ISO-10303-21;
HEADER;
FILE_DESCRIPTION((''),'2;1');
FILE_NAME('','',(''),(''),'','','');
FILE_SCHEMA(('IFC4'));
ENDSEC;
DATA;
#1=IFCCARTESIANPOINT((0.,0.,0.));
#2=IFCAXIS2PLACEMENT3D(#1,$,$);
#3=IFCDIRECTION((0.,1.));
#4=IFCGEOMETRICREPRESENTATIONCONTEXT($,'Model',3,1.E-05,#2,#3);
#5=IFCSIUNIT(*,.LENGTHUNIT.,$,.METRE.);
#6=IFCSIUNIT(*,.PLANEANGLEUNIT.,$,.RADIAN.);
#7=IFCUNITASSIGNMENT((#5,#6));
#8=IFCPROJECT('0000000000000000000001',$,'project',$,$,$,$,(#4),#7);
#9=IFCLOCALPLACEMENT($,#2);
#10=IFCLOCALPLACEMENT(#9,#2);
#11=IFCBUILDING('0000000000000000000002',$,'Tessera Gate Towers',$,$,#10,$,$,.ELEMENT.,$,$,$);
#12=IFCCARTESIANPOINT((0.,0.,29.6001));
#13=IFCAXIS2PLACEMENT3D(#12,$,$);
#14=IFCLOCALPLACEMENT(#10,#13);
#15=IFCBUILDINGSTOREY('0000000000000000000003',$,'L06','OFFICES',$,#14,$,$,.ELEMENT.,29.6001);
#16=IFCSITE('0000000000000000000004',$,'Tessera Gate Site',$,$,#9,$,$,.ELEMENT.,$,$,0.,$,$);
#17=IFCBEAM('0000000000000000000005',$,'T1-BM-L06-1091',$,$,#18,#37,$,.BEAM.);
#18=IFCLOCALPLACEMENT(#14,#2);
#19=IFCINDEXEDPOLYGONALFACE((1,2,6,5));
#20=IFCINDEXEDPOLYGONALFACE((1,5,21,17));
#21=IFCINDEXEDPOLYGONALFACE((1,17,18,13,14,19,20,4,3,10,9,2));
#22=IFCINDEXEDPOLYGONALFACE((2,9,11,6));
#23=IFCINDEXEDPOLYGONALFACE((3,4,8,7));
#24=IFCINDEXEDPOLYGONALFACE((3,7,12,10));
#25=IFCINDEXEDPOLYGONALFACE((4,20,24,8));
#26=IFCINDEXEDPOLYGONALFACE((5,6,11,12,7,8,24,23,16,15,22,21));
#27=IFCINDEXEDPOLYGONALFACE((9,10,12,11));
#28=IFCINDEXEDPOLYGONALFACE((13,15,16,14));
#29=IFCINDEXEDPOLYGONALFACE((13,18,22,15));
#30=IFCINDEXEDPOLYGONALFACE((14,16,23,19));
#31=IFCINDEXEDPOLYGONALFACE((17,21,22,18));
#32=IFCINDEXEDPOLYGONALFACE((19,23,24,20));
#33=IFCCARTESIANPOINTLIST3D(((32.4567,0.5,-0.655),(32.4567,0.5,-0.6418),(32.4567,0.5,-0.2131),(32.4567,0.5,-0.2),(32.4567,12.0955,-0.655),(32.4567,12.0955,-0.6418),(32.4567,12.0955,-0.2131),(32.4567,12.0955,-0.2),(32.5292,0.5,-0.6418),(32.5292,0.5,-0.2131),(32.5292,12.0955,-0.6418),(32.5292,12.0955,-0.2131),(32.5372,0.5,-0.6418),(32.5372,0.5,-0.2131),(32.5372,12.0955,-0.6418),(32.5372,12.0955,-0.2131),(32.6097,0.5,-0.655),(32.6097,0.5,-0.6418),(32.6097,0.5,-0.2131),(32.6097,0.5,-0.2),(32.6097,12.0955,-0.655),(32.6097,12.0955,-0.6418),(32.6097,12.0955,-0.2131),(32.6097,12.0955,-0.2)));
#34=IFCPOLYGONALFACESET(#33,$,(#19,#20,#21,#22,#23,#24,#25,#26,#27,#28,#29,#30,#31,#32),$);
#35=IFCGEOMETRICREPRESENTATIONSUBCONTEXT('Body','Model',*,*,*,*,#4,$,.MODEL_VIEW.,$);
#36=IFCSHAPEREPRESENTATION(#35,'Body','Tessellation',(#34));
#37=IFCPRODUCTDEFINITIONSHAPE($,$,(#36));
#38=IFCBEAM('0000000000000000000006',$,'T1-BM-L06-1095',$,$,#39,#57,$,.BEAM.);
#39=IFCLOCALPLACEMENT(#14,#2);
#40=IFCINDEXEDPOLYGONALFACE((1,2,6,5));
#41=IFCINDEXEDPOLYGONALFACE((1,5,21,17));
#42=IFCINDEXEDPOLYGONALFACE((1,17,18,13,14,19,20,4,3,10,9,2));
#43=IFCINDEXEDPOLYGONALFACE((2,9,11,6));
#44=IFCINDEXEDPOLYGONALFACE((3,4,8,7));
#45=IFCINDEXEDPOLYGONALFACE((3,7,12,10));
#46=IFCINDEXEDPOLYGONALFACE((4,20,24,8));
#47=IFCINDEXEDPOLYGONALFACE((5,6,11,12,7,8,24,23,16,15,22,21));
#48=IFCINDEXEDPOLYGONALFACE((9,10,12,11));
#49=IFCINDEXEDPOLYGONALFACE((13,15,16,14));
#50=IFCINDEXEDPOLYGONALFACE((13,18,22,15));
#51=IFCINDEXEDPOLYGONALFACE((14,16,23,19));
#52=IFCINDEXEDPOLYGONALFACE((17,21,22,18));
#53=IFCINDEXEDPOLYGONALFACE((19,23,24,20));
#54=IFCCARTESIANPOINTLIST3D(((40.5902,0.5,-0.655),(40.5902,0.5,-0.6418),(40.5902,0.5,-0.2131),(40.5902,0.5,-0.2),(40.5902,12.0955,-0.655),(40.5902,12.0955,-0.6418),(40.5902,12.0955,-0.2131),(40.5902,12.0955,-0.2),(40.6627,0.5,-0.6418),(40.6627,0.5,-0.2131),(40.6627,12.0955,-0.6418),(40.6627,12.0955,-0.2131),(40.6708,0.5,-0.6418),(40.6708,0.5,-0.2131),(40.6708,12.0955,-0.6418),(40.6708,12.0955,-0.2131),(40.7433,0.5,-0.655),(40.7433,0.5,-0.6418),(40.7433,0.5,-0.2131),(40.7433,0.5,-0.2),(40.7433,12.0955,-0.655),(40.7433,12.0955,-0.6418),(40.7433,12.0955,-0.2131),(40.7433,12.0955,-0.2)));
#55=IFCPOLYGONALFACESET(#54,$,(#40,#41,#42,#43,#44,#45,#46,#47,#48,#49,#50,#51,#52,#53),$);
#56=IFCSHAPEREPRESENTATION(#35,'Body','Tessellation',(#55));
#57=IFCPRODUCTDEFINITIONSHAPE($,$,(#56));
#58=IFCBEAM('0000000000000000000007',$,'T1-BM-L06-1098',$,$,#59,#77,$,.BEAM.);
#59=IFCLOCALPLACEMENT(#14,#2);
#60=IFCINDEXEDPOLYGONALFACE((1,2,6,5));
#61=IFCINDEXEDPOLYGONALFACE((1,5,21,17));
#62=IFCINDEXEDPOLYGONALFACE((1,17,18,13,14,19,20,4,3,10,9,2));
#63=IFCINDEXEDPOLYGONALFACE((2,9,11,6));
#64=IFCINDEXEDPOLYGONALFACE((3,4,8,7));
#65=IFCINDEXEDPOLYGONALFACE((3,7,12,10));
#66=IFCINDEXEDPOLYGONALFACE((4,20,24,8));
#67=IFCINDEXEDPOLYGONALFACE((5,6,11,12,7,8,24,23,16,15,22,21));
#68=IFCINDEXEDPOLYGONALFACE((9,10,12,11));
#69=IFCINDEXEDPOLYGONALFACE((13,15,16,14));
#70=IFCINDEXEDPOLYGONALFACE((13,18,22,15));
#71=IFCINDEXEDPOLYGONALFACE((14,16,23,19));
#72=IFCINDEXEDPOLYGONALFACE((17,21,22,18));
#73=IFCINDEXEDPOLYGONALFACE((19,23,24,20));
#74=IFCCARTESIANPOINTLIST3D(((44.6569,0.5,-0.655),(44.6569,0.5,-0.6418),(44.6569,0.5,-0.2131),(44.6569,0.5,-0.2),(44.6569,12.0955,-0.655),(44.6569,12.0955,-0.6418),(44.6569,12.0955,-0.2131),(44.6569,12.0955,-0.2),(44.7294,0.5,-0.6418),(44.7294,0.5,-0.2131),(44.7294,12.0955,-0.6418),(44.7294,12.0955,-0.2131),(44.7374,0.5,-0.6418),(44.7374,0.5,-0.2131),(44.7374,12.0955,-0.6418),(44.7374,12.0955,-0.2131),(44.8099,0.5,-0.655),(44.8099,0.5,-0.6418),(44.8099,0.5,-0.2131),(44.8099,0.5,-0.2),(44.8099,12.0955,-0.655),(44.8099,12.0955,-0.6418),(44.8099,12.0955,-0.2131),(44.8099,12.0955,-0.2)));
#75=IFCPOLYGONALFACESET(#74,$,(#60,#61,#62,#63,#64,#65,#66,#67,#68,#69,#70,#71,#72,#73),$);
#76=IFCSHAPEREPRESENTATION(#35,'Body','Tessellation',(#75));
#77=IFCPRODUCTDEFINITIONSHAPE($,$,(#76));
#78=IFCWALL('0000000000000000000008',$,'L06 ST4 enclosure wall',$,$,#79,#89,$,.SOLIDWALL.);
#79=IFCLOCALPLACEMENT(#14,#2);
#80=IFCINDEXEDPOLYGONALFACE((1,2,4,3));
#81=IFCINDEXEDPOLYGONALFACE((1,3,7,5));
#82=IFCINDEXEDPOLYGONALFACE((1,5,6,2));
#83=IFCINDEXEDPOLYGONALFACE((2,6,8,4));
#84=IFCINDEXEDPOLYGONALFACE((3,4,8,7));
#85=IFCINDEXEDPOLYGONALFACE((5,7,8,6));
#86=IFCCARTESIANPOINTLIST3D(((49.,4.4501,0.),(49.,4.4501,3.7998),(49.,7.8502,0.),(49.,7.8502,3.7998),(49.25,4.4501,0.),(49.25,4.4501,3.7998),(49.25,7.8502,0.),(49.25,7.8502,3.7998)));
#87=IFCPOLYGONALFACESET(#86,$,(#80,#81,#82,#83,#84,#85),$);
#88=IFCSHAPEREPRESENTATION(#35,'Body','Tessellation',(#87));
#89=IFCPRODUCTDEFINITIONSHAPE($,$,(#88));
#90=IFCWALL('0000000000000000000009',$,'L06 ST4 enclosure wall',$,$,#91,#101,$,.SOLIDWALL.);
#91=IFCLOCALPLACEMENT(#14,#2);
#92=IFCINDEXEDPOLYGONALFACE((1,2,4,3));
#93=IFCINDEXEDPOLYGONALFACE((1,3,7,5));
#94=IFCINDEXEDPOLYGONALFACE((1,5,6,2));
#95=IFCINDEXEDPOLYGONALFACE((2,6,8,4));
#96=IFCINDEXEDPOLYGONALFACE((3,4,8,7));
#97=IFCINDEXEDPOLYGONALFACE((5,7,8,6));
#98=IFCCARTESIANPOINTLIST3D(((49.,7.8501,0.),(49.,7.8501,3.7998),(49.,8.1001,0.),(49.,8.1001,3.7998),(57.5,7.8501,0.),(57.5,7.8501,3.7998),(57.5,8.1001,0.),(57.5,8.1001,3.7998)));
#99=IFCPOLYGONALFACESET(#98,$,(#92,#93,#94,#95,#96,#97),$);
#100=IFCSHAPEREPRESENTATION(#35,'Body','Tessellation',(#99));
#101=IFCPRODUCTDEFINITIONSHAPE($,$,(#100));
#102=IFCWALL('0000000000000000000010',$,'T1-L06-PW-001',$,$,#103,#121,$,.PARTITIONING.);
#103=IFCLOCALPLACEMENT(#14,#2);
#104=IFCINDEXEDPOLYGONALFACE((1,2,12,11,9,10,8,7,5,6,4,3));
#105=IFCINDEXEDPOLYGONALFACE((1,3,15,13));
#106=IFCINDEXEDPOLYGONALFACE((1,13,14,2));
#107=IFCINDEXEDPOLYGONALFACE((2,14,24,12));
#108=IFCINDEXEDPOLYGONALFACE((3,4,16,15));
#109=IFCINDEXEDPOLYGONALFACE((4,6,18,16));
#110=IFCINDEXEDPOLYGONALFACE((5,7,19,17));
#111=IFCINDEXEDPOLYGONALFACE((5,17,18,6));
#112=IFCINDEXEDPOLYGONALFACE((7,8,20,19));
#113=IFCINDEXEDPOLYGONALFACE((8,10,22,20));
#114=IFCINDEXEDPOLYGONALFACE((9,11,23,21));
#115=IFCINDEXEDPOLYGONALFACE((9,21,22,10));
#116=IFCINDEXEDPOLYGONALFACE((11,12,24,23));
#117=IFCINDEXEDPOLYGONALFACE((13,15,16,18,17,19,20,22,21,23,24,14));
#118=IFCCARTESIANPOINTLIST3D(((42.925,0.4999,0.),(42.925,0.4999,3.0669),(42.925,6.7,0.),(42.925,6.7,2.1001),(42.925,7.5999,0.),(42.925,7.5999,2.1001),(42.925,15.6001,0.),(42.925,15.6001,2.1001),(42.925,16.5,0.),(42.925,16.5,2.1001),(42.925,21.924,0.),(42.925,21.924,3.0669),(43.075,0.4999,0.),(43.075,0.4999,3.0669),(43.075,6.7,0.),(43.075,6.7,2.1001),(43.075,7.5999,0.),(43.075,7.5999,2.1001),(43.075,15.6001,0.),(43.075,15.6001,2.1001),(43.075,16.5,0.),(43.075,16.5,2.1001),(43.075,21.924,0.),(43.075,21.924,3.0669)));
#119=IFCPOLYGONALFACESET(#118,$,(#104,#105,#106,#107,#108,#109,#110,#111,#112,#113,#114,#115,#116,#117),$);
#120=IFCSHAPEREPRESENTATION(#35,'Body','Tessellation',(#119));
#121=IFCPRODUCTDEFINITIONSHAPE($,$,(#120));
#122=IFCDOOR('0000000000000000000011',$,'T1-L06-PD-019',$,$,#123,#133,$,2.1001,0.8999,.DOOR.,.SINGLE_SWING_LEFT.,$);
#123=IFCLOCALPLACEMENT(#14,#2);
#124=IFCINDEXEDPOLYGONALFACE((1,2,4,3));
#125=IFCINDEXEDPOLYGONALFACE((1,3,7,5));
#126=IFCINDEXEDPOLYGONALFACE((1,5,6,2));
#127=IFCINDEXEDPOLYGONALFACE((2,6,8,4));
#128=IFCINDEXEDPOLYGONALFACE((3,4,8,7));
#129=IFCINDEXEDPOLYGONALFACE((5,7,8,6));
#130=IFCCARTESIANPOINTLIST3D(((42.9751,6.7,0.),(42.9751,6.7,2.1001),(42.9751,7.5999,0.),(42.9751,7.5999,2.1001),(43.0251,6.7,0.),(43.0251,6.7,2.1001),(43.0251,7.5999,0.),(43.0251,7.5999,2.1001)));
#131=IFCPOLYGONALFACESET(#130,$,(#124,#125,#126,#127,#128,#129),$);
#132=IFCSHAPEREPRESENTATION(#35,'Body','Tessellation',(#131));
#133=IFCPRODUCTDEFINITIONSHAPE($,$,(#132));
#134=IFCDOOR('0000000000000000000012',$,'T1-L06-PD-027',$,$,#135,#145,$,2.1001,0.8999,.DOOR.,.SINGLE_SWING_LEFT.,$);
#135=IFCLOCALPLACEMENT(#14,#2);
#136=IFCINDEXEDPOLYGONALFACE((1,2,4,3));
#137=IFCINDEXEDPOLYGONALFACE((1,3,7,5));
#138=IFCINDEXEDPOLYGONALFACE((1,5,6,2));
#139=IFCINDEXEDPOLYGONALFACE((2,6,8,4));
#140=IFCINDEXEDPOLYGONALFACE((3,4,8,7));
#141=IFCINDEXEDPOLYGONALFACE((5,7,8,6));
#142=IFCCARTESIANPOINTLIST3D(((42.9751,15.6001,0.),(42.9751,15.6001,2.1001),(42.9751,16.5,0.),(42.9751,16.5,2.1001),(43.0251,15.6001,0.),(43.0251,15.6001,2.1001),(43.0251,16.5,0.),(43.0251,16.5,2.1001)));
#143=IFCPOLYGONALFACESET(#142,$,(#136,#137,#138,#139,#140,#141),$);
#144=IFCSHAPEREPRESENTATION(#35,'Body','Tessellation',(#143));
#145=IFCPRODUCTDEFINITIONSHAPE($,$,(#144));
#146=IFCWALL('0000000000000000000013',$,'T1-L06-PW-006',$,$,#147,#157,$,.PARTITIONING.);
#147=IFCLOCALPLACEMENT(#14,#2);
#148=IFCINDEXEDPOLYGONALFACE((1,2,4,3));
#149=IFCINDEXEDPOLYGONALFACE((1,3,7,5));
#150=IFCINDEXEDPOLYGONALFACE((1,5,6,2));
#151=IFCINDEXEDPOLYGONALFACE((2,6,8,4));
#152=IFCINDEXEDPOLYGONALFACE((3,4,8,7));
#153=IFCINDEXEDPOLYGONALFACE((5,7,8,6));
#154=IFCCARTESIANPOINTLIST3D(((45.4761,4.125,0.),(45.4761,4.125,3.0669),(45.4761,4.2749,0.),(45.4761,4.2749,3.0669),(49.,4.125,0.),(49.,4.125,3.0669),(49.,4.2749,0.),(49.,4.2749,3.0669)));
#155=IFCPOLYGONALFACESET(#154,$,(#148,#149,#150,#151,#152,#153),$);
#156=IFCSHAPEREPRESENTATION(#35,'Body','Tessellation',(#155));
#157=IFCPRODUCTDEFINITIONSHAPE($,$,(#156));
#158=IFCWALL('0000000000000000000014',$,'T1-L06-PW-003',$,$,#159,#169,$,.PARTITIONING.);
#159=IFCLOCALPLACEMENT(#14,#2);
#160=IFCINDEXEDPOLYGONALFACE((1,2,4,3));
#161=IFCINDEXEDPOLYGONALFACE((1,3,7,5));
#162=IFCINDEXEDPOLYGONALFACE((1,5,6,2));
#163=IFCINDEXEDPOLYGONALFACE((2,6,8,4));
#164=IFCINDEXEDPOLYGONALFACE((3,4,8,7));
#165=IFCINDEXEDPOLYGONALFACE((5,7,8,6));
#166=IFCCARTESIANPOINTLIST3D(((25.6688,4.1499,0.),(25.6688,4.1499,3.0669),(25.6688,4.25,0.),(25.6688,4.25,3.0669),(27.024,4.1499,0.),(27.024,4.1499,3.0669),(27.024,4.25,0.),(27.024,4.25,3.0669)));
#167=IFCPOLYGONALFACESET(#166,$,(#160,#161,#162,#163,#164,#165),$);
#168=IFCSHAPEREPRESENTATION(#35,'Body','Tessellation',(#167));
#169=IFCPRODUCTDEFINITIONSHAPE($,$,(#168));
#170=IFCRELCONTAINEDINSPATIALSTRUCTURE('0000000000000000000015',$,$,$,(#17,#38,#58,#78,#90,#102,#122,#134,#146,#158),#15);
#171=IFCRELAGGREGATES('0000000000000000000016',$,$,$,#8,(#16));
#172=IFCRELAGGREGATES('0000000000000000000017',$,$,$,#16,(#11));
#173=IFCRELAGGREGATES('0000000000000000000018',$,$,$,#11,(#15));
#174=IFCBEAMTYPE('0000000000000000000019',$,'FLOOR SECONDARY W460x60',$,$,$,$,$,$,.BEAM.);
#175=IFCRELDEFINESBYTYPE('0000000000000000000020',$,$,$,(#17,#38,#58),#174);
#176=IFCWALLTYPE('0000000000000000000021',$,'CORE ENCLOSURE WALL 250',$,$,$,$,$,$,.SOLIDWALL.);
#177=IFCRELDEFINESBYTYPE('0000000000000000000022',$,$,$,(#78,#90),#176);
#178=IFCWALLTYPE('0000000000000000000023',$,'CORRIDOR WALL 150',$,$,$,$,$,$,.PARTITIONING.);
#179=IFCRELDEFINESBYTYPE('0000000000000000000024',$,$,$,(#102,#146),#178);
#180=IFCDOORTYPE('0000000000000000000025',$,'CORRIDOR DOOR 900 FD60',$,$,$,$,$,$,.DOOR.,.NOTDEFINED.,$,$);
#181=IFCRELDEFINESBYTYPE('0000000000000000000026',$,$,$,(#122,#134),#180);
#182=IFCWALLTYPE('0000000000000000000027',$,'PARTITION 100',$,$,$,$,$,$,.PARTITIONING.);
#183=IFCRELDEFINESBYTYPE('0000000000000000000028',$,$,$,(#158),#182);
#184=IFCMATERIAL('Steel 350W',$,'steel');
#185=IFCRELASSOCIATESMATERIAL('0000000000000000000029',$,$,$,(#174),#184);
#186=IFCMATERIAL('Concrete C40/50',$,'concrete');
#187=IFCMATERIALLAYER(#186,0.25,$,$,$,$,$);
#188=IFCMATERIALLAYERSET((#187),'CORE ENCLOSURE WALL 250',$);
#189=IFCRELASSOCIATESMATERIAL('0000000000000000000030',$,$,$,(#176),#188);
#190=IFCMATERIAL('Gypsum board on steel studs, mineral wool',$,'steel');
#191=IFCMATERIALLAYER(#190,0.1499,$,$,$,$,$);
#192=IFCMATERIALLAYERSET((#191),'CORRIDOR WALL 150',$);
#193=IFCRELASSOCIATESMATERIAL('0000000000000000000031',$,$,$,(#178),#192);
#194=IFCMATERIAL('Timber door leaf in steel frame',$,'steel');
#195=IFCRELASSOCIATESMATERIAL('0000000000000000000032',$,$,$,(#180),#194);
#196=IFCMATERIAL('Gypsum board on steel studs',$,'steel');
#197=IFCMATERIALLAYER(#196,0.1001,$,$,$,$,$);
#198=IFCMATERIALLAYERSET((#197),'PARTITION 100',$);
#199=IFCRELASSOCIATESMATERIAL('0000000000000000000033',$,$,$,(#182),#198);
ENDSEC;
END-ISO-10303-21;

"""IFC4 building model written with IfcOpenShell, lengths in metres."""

from ifc_helpers import new_model, si_unit, direction, frame, frame_2d, origin, origin_2d, place, context, subcontext, project, spatial, rectangle, i_section, extrude, source, transform, mapped, material, layer, layer_set, material_profile, profile_set, type_object, element, fill, save


model = new_model("IFC4")

# Units and contexts
model_context = context("Model", 3, precision=1e-05, world=origin(), true_north=direction((0.0, 1.0)))
body_context = subcontext(model_context, "Body", "Model", "MODEL_VIEW")
ifc_project = project(units=[si_unit("LENGTHUNIT", "METRE"), si_unit("PLANEANGLEUNIT", "RADIAN")], contexts=[model_context])

# Site, building, storey
site_placement = place(None, origin())
site = spatial("IfcSite", under=ifc_project, at=site_placement, Name="Tessera Gate Site", CompositionType="ELEMENT", RefElevation=0.0)
building_placement = place(site_placement, origin())
building = spatial("IfcBuilding", under=site, at=building_placement, Name="Tessera Gate Towers", CompositionType="ELEMENT")
storey_placement = place(building_placement, frame((0.0, 0.0, 29.6001)))
storey = spatial("IfcBuildingStorey", under=building, at=storey_placement, Name="L06", Description="OFFICES", CompositionType="ELEMENT", Elevation=29.6001)

# Beams
ifc_material_1 = material(Name="Steel 350W", Category="steel")
ifc_material_profile_1 = material_profile(ifc_material_1, i_section(OverallWidth=0.1531, OverallDepth=0.4551, WebThickness=0.0081, FlangeThickness=0.0132, at=origin_2d()), Name="W460x60")
ifc_profile_set_1 = profile_set([ifc_material_profile_1], Name="Steel 350W")
beam_type_1 = type_object("IfcBeamType", Name="FLOOR SECONDARY W460x60", PredefinedType="BEAM", material=ifc_profile_set_1)
for number, where, z_axis, x_axis, name in (
    (1, (32.5332, 0.5, -0.4275), (0.0, 1.0, 0.0), (-1.0, 0.0, 0.0), "T1-BM-L06-1091"),
    (2, (40.6667, 0.5, -0.4275), (0.0, 1.0, 0.0), (-1.0, 0.0, 0.0), "T1-BM-L06-1095"),
    (3, (44.7334, 0.5, -0.4275), (0.0, 1.0, 0.0), (-1.0, 0.0, 0.0), "T1-BM-L06-1098"),
):
    element("IfcBeam", number, at=place(storey_placement, frame(where, z_axis=z_axis, x_axis=x_axis)), inside=storey, type_object=beam_type_1, Name=name, PredefinedType="BEAM", context=body_context, shape_type="SweptSolid", body=[
        extrude(i_section(OverallWidth=0.1531, OverallDepth=0.4551, WebThickness=0.0081, FlangeThickness=0.0132, at=origin_2d()), origin(), (0.0, 0.0, 1.0), 11.5955),
    ])

# Walls
ifc_material_2 = material(Name="Concrete C40/50", Category="concrete")
ifc_layer_1 = layer(ifc_material_2, 0.25)
ifc_layer_set_1 = layer_set([ifc_layer_1], Name="CORE ENCLOSURE WALL 250")
wall_type_1 = type_object("IfcWallType", Name="CORE ENCLOSURE WALL 250", PredefinedType="SOLIDWALL", material=ifc_layer_set_1)
wall_1_placement = place(storey_placement, frame((49.125, 4.45, 0.0), z_axis=(0.0, 0.0, 1.0), x_axis=(0.0, 1.0, 0.0)))
element("IfcWall", 4, at=wall_1_placement, inside=storey, type_object=wall_type_1, Name="L06 ST4 enclosure wall", PredefinedType="SOLIDWALL", context=body_context, shape_type="SweptSolid", body=[
    extrude(rectangle(XDim=3.4001, YDim=0.25, at=frame_2d((1.7002, 0.0))), origin(), (0.0, 0.0, 1.0), 3.7998),
])
wall_2_placement = place(storey_placement, frame((49.0, 7.9751, 0.0), z_axis=(0.0, 0.0, 1.0), x_axis=(1.0, 0.0, 0.0)))
element("IfcWall", 5, at=wall_2_placement, inside=storey, type_object=wall_type_1, Name="L06 ST4 enclosure wall", PredefinedType="SOLIDWALL", context=body_context, shape_type="SweptSolid", body=[
    extrude(rectangle(XDim=8.5, YDim=0.25, at=frame_2d((4.25, 0.0))), origin(), (0.0, 0.0, 1.0), 3.7998),
])

# Wall, openings, doors
ifc_material_3 = material(Name="Gypsum board on steel studs, mineral wool", Category="steel")
ifc_layer_2 = layer(ifc_material_3, 0.1499)
ifc_layer_set_2 = layer_set([ifc_layer_2], Name="CORRIDOR WALL 150")
wall_type_2 = type_object("IfcWallType", Name="CORRIDOR WALL 150", PredefinedType="PARTITIONING", material=ifc_layer_set_2)
wall_3_placement = place(storey_placement, frame((43.0, 0.5, 0.0), z_axis=(0.0, 0.0, 1.0), x_axis=(0.0, 1.0, 0.0)))
wall_3 = element("IfcWall", 6, at=wall_3_placement, inside=storey, type_object=wall_type_2, Name="T1-L06-PW-001", PredefinedType="PARTITIONING", context=body_context, shape_type="SweptSolid", body=[
    extrude(rectangle(XDim=21.4241, YDim=0.1499, at=frame_2d((10.7119, 0.0))), origin(), (0.0, 0.0, 1.0), 3.0669),
])
shared_shape_1 = source(origin(), body_context, "Body", "SweptSolid", [
    extrude(rectangle(XDim=0.8999, YDim=2.1001, at=frame_2d((0.45, 1.05))), frame((0.0, 0.085, 0.0), z_axis=(0.0, -1.0, 0.0), x_axis=(1.0, 0.0, 0.0)), (0.0, 0.0, 1.0), 0.1699),
])
opening_1_placement = place(wall_3_placement, frame((6.2, 0.0, 0.0)))
opening_1 = element("IfcOpeningElement", 7, at=opening_1_placement, cuts=wall_3, PredefinedType="OPENING", context=body_context, shape_type="MappedRepresentation", body=[
    mapped(shared_shape_1, transform((0.0, 0.0, 0.0), scale=1.0)),
])
opening_2_placement = place(wall_3_placement, frame((15.1001, 0.0, 0.0)))
opening_2 = element("IfcOpeningElement", 8, at=opening_2_placement, cuts=wall_3, PredefinedType="OPENING", context=body_context, shape_type="MappedRepresentation", body=[
    mapped(shared_shape_1, transform((0.0, 0.0, 0.0), scale=1.0)),
])
ifc_material_4 = material(Name="Timber door leaf in steel frame", Category="steel")
door_type_1 = type_object("IfcDoorType", Name="CORRIDOR DOOR 900 FD60", OperationType="NOTDEFINED", PredefinedType="DOOR", material=ifc_material_4)
shared_shape_2 = source(origin(), body_context, "Body", "SweptSolid", [
    extrude(rectangle(XDim=0.8999, YDim=2.1001, at=frame_2d((0.45, 1.05))), frame((0.0, 0.0249, 0.0), z_axis=(0.0, -1.0, 0.0), x_axis=(1.0, 0.0, 0.0)), (0.0, 0.0, 1.0), 0.05),
])
door_1_placement = place(opening_1_placement, origin())
door_1 = element("IfcDoor", 9, at=door_1_placement, inside=storey, type_object=door_type_1, Name="T1-L06-PD-019", OperationType="SINGLE_SWING_LEFT", OverallHeight=2.1001, OverallWidth=0.8999, PredefinedType="DOOR", context=body_context, shape_type="MappedRepresentation", body=[
    mapped(shared_shape_2, transform((0.0, 0.0, 0.0), scale=1.0)),
])
fill(opening_1, door_1)
door_2_placement = place(opening_2_placement, origin())
door_2 = element("IfcDoor", 10, at=door_2_placement, inside=storey, type_object=door_type_1, Name="T1-L06-PD-027", OperationType="SINGLE_SWING_LEFT", OverallHeight=2.1001, OverallWidth=0.8999, PredefinedType="DOOR", context=body_context, shape_type="MappedRepresentation", body=[
    mapped(shared_shape_2, transform((0.0, 0.0, 0.0), scale=1.0)),
])
fill(opening_2, door_2)

# Walls
wall_4_placement = place(storey_placement, frame((45.4761, 4.2, 0.0), z_axis=(0.0, 0.0, 1.0), x_axis=(1.0, 0.0, 0.0)))
element("IfcWall", 11, at=wall_4_placement, inside=storey, type_object=wall_type_2, Name="T1-L06-PW-006", PredefinedType="PARTITIONING", context=body_context, shape_type="SweptSolid", body=[
    extrude(rectangle(XDim=3.5239, YDim=0.1499, at=frame_2d((1.762, 0.0))), origin(), (0.0, 0.0, 1.0), 3.0669),
])
ifc_material_5 = material(Name="Gypsum board on steel studs", Category="steel")
ifc_layer_3 = layer(ifc_material_5, 0.1001)
ifc_layer_set_3 = layer_set([ifc_layer_3], Name="PARTITION 100")
wall_type_3 = type_object("IfcWallType", Name="PARTITION 100", PredefinedType="PARTITIONING", material=ifc_layer_set_3)
wall_5_placement = place(storey_placement, frame((25.6687, 4.2, 0.0), z_axis=(0.0, 0.0, 1.0), x_axis=(1.0, 0.0, 0.0)))
element("IfcWall", 12, at=wall_5_placement, inside=storey, type_object=wall_type_3, Name="T1-L06-PW-003", PredefinedType="PARTITIONING", context=body_context, shape_type="SweptSolid", body=[
    extrude(rectangle(XDim=1.3552, YDim=0.1001, at=frame_2d((0.6777, 0.0))), origin(), (0.0, 0.0, 1.0), 3.0669),
])

save(model, "model.ifc")
